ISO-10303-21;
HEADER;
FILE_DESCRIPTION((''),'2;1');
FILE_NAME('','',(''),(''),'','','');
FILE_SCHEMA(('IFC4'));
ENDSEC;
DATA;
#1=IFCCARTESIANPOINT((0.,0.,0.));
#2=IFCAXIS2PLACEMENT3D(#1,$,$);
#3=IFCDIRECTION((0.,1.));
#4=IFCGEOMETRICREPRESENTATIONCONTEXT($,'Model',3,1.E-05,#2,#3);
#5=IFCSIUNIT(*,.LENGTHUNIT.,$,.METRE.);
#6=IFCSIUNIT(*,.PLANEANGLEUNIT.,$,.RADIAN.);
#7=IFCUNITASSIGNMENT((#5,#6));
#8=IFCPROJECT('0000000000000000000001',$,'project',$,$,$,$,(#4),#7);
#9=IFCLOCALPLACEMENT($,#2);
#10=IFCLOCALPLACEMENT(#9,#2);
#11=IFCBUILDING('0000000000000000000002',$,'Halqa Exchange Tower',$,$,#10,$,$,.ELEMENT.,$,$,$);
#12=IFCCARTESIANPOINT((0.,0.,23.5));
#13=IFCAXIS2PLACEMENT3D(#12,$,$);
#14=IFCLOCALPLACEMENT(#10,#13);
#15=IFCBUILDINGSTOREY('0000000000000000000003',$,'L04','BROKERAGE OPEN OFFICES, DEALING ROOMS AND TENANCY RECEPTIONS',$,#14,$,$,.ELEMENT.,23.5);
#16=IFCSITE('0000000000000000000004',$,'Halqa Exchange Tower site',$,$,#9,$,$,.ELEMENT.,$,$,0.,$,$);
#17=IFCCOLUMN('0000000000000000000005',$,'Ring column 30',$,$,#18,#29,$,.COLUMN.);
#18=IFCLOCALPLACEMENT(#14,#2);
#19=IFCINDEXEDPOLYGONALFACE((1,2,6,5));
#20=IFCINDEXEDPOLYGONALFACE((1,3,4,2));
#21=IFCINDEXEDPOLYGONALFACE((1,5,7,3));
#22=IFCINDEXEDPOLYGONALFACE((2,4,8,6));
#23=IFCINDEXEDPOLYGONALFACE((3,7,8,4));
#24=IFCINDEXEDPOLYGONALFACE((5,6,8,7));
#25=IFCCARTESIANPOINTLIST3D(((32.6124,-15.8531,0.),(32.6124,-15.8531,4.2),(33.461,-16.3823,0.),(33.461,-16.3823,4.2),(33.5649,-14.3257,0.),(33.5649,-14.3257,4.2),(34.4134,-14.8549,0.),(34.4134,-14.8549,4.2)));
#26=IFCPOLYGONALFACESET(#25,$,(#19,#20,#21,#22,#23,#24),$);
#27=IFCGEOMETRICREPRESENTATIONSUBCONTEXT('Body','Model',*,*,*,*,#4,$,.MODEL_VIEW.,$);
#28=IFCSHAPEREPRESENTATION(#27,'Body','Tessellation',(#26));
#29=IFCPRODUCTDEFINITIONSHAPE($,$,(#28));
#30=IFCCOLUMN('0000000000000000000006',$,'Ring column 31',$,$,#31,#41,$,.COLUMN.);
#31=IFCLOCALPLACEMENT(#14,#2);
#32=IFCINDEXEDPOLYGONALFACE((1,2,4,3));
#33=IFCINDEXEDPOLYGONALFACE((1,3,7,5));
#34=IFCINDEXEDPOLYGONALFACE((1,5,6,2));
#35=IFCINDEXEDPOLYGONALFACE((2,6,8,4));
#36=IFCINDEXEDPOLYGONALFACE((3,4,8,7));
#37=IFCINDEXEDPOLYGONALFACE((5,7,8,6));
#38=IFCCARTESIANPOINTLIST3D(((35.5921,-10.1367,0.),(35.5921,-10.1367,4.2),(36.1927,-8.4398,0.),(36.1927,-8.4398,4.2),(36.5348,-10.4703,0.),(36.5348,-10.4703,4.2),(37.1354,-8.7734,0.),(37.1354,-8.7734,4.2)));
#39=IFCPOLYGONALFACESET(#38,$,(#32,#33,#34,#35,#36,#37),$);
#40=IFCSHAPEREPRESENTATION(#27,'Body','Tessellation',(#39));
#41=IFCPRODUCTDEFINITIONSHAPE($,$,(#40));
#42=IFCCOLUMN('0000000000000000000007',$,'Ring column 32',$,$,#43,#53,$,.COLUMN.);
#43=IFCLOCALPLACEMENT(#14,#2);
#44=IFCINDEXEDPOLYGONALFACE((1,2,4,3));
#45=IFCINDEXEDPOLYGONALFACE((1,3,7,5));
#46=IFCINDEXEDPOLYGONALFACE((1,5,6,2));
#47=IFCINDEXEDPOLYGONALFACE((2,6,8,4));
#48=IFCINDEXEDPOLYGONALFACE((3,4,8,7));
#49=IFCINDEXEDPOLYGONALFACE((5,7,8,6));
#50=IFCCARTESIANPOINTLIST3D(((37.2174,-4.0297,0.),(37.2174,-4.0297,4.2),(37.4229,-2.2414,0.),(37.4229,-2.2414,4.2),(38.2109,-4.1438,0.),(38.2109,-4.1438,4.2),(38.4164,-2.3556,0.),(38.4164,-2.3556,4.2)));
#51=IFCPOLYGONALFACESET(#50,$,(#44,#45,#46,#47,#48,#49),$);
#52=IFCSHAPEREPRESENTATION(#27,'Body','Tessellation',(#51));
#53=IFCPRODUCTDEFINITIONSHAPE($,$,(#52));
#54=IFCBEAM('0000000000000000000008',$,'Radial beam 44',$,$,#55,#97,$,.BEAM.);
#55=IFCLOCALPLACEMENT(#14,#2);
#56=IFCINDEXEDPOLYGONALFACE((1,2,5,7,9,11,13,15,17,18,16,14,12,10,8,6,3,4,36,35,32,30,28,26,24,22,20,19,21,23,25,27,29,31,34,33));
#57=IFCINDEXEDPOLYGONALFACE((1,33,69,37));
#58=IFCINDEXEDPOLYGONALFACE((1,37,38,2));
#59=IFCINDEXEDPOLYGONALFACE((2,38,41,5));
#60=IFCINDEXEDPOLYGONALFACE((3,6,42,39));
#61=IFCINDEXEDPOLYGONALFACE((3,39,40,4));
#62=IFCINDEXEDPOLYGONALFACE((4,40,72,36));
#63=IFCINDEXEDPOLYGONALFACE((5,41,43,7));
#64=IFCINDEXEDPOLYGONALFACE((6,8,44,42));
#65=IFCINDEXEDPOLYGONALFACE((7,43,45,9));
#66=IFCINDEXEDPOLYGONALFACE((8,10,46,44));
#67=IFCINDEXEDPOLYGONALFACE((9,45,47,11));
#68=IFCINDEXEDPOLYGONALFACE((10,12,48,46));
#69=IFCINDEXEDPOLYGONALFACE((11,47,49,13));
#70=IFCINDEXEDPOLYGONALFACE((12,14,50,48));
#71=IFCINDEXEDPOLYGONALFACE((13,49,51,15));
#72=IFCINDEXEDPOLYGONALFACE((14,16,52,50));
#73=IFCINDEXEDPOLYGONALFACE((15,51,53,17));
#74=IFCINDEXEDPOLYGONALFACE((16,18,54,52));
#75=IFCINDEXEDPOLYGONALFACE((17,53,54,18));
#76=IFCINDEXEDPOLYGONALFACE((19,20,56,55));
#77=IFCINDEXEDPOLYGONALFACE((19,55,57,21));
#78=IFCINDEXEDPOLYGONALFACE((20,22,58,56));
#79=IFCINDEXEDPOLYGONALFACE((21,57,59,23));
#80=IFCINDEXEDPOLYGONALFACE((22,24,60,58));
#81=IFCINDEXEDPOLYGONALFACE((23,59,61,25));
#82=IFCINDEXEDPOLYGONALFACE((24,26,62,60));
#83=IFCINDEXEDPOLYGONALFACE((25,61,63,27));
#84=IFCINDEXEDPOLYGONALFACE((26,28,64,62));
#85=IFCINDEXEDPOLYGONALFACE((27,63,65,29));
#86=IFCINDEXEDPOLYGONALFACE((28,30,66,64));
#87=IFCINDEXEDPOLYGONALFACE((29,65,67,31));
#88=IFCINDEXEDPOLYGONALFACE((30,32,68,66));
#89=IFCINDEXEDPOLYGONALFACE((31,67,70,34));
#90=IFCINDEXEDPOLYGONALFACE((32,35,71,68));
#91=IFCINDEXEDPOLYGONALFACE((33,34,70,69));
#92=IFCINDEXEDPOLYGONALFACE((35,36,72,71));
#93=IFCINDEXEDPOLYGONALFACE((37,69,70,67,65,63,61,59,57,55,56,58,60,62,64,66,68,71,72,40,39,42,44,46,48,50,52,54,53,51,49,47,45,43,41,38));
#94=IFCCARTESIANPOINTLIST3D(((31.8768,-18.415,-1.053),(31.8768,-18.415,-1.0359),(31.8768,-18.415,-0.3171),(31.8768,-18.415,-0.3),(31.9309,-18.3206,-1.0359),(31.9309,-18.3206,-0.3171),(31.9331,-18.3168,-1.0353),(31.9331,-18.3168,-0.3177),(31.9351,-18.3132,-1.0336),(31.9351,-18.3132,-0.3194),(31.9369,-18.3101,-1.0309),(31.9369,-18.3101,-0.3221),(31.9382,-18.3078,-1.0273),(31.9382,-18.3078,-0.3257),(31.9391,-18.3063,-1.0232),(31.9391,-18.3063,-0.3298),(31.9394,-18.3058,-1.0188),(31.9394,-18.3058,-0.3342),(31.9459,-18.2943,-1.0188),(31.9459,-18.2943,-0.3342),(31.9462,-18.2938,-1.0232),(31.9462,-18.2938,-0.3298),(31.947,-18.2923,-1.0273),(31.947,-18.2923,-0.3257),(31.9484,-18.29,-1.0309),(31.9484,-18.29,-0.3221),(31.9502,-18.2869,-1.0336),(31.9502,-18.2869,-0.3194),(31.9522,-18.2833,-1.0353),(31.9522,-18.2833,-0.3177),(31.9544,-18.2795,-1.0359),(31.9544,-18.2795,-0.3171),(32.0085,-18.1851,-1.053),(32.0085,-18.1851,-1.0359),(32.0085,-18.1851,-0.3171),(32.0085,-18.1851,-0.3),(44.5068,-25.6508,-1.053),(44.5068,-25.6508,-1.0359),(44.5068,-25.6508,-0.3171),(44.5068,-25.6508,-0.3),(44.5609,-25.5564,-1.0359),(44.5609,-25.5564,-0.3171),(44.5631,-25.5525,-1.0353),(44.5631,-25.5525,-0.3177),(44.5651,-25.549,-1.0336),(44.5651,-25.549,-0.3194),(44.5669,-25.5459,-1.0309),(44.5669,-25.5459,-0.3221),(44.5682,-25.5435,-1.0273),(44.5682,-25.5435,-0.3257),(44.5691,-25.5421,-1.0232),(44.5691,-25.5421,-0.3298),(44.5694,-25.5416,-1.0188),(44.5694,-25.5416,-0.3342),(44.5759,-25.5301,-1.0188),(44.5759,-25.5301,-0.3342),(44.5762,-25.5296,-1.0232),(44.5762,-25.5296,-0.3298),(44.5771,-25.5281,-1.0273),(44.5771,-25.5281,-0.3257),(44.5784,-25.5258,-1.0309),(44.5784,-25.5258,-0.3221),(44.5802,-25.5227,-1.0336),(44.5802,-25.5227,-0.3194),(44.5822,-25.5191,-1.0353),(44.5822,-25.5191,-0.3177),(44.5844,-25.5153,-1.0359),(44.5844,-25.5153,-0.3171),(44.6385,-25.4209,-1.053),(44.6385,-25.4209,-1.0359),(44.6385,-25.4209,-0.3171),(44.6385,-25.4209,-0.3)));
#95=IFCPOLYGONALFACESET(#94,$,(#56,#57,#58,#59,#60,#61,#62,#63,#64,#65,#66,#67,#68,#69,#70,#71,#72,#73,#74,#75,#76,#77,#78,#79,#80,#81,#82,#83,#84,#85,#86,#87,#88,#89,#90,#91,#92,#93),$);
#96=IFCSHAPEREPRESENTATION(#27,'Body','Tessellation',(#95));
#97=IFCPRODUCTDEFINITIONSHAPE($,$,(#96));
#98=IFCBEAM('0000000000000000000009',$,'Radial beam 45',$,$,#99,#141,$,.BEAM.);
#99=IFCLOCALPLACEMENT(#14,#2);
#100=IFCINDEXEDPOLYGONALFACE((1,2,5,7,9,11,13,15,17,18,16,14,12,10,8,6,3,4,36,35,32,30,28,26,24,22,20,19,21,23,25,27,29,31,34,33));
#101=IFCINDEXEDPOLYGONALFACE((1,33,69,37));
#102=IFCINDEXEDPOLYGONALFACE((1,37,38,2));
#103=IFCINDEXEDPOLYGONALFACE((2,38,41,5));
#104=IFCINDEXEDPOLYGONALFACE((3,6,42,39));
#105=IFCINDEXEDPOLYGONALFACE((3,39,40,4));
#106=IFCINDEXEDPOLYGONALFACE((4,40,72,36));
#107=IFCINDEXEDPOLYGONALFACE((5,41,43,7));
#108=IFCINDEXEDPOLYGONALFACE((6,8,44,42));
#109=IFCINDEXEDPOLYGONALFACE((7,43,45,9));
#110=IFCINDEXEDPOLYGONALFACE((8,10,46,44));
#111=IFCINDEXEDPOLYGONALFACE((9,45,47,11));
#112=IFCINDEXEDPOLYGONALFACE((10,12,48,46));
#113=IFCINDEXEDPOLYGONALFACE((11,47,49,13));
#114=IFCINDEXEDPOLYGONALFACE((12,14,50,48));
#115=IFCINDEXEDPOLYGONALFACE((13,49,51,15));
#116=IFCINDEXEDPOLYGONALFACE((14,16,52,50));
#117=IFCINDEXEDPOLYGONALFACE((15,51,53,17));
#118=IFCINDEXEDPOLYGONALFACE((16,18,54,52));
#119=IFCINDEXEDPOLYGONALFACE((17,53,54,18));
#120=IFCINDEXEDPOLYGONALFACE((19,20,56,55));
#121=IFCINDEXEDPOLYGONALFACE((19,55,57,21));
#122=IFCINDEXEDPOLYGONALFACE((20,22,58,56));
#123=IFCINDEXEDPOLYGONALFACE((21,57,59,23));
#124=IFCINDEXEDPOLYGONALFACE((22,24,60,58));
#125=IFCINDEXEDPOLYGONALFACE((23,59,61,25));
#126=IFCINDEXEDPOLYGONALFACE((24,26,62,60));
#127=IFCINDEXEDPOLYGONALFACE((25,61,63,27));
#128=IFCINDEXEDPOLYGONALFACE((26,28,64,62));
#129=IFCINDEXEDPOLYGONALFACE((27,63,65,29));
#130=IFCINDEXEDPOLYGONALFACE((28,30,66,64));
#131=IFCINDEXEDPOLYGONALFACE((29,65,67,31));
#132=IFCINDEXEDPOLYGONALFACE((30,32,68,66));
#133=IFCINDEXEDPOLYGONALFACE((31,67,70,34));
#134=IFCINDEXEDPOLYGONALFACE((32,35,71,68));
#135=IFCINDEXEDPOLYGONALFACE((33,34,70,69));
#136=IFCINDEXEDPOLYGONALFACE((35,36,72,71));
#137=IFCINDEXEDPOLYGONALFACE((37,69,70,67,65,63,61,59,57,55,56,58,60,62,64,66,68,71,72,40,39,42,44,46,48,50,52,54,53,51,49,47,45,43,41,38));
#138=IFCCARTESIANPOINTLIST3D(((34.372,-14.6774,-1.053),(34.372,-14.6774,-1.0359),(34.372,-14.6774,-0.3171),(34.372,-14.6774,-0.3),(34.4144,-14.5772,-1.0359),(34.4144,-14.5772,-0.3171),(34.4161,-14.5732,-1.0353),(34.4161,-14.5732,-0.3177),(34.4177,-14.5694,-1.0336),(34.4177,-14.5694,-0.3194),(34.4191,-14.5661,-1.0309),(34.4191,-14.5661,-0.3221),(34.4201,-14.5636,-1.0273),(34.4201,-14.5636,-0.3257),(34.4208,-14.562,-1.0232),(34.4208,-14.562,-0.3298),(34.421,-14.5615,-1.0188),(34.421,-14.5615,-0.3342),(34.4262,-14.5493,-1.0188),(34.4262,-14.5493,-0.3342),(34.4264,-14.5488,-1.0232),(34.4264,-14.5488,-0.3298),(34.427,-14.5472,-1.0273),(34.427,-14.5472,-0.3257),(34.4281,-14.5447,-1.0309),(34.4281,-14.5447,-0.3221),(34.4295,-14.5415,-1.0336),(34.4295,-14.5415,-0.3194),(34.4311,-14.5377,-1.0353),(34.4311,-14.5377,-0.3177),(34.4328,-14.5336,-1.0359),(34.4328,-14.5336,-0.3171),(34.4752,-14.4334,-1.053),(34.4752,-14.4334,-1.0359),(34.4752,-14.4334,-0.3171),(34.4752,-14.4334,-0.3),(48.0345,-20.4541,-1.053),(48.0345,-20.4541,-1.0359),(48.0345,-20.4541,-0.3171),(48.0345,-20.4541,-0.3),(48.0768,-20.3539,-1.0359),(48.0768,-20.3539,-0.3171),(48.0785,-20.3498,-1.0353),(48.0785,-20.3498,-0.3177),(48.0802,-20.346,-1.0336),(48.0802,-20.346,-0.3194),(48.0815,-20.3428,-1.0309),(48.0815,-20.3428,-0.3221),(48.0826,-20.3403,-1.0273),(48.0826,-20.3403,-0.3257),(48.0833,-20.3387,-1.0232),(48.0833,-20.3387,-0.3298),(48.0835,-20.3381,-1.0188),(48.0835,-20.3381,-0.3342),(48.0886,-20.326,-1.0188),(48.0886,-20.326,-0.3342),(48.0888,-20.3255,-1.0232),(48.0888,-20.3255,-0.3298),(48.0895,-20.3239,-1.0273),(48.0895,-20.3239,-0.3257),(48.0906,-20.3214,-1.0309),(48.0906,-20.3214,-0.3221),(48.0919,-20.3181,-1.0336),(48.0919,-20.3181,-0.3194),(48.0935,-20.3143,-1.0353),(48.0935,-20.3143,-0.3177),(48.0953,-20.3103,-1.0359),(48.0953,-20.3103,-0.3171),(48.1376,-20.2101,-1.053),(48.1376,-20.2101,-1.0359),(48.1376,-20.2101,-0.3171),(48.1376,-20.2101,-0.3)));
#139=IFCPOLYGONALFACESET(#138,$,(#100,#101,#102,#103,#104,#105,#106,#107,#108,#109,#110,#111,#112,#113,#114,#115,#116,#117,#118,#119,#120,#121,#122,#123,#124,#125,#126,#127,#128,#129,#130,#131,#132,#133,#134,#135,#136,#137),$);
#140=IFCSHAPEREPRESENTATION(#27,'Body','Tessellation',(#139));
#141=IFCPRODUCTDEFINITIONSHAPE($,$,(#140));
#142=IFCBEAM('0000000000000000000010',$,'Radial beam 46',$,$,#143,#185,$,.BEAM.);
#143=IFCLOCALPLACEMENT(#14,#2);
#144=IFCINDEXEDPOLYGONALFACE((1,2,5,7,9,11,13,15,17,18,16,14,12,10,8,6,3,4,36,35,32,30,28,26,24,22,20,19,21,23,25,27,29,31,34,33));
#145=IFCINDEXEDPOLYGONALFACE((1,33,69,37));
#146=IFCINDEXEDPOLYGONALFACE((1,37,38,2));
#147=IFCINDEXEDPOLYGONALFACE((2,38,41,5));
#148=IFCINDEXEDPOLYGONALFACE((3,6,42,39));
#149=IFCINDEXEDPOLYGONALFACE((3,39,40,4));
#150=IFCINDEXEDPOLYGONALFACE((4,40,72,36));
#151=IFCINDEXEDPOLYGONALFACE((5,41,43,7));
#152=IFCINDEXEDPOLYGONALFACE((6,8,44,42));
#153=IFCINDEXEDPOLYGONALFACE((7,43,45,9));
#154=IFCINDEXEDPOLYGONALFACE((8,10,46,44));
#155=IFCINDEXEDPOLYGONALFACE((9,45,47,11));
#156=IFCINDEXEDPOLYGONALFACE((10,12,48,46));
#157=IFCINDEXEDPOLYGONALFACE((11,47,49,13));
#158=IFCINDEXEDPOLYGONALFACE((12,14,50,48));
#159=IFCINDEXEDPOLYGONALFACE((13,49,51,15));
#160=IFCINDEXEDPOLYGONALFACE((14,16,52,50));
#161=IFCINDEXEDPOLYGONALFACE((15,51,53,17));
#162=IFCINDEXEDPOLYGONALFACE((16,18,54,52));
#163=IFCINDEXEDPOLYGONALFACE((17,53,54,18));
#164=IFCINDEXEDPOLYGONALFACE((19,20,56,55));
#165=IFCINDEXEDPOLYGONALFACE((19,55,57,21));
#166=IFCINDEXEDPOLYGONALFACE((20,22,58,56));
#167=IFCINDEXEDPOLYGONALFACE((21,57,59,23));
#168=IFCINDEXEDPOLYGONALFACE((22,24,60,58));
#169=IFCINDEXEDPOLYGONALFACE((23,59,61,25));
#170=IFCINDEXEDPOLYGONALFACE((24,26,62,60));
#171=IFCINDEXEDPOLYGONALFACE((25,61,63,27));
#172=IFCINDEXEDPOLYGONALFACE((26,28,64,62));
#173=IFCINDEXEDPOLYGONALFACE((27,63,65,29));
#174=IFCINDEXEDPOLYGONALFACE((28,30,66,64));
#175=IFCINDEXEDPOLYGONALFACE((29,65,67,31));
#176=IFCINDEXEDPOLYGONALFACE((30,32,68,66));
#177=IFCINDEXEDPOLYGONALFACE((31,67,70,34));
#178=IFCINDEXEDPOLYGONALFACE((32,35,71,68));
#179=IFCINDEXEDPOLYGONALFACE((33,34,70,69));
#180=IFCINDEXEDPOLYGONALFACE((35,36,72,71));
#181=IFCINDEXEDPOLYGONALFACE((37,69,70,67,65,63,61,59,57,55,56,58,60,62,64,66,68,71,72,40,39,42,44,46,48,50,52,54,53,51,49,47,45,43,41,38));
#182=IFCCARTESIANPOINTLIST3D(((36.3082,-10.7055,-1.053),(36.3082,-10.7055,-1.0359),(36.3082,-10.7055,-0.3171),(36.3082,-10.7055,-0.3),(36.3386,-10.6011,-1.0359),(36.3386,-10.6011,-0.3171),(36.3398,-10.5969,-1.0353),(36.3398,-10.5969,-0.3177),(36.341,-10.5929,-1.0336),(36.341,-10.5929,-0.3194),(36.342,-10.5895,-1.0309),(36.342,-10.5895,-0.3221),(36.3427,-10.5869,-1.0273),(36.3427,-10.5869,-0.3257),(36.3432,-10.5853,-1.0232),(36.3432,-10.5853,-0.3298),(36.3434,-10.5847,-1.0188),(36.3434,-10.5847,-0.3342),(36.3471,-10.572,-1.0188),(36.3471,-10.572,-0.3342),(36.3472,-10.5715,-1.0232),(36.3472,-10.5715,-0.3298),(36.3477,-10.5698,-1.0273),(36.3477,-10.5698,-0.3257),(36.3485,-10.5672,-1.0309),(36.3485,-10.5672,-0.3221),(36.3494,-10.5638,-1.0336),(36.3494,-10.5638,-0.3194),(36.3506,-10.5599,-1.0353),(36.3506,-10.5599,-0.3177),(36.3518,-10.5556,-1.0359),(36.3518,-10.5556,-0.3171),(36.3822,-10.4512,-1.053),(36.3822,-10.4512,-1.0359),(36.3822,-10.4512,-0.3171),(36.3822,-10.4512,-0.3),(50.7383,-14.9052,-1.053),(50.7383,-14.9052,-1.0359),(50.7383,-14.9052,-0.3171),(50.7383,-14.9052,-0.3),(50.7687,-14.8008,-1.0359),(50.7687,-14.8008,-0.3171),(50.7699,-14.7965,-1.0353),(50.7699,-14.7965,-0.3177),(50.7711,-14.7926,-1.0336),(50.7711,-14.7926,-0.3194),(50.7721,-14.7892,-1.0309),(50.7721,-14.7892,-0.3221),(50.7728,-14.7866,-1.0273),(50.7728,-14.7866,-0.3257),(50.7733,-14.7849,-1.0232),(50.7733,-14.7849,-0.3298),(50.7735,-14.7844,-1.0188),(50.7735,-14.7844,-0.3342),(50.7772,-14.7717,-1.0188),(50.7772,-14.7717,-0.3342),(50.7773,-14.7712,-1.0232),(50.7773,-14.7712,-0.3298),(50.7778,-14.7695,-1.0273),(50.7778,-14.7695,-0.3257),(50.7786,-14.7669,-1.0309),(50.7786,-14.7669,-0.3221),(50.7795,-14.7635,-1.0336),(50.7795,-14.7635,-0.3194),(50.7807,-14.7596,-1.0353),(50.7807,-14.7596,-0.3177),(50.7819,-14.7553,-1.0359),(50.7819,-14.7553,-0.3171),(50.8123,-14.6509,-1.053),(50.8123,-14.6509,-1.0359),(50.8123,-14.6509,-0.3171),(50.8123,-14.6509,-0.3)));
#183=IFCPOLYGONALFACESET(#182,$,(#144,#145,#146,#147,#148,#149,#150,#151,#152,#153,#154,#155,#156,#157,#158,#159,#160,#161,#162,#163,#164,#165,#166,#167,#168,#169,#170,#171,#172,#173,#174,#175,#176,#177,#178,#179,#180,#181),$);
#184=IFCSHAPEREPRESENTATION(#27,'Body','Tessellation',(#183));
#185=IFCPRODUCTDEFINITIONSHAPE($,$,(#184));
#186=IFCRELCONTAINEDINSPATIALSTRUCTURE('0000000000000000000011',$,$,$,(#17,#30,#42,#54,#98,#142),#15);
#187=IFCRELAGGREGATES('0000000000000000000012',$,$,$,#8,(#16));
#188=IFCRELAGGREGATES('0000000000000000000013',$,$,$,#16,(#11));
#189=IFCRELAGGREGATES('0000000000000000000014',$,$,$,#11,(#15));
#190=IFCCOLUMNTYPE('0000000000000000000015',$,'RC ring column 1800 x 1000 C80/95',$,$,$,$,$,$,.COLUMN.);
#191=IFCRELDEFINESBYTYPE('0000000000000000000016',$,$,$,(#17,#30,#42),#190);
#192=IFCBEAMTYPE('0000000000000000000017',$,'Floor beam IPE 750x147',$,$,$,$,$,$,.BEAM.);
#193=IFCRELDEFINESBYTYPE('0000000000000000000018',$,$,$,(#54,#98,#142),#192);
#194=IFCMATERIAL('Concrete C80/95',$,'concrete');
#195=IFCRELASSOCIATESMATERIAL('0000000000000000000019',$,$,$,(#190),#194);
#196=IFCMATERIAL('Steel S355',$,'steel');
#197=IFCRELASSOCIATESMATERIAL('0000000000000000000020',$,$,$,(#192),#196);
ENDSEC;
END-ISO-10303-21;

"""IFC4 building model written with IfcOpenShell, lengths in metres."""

from ifc_helpers import new_model, si_unit, direction, frame, origin, origin_2d, place, context, subcontext, project, spatial, rectangle, i_section, extrude, material, material_profile, profile_set, type_object, element, save


model = new_model("IFC4")

# Units and contexts
model_context = context("Model", 3, precision=1e-05, world=origin(), true_north=direction((0.0, 1.0)))
body_context = subcontext(model_context, "Body", "Model", "MODEL_VIEW")
ifc_project = project(units=[si_unit("LENGTHUNIT", "METRE"), si_unit("PLANEANGLEUNIT", "RADIAN")], contexts=[model_context])

# Site, building, storey
site_placement = place(None, origin())
site = spatial("IfcSite", under=ifc_project, at=site_placement, Name="Halqa Exchange Tower site", CompositionType="ELEMENT", RefElevation=0.0)
building_placement = place(site_placement, origin())
building = spatial("IfcBuilding", under=site, at=building_placement, Name="Halqa Exchange Tower", CompositionType="ELEMENT")
storey_placement = place(building_placement, frame((0.0, 0.0, 23.5)))
storey = spatial("IfcBuildingStorey", under=building, at=storey_placement, Name="L04", Description="BROKERAGE OPEN OFFICES, DEALING ROOMS AND TENANCY RECEPTIONS", CompositionType="ELEMENT", Elevation=23.5)

# Columns
ifc_material_1 = material(Name="Concrete C80/95", Category="concrete")
ifc_material_profile_1 = material_profile(ifc_material_1, rectangle(XDim=1.8, YDim=1.0, at=origin_2d()), Name="1800 x 1000")
ifc_profile_set_1 = profile_set([ifc_material_profile_1], Name="Concrete C80/95")
column_type = type_object("IfcColumnType", Name="RC ring column 1800 x 1000 C80/95", PredefinedType="COLUMN", material=ifc_profile_set_1)
for number, where, z_axis, x_axis, name in (
    (1, (33.5129, -15.354, 0.0), (0.0, 0.0, 1.0), (0.52914, 0.848534, 0.0), "Ring column 30"),
    (2, (36.3638, -9.4551, 0.0), (0.0, 0.0, 1.0), (0.333628, 0.942705, 0.0), "Ring column 31"),
    (3, (37.8169, -3.1926, 0.0), (0.0, 0.0, 1.0), (0.114155, 0.993463, 0.0), "Ring column 32"),
):
    element("IfcColumn", number, at=place(storey_placement, frame(where, z_axis=z_axis, x_axis=x_axis)), inside=storey, type_object=column_type, Name=name, PredefinedType="COLUMN", context=body_context, shape_type="SweptSolid", body=[
        extrude(rectangle(XDim=1.8, YDim=1.0, at=origin_2d()), origin(), (0.0, 0.0, 1.0), 4.2),
    ])

# Beams
ifc_material_2 = material(Name="Steel S355", Category="steel")
ifc_material_profile_2 = material_profile(ifc_material_2, i_section(OverallWidth=0.2649, OverallDepth=0.7529, WebThickness=0.0132, FlangeThickness=0.0171, FilletRadius=0.0171, at=origin_2d()), Name="IPE 750x147")
ifc_profile_set_2 = profile_set([ifc_material_profile_2], Name="Steel S355")
beam_type_1 = type_object("IfcBeamType", Name="Floor beam IPE 750x147", PredefinedType="BEAM", material=ifc_profile_set_2)
beam_1_placement = place(storey_placement, frame((31.9426, -18.3, -0.6765), z_axis=(0.867691, -0.497103, 0.0), x_axis=(0.497103, 0.867691, 0.0)))
element("IfcBeam", 4, at=beam_1_placement, inside=storey, type_object=beam_type_1, Name="Radial beam 44", PredefinedType="BEAM", context=body_context, shape_type="SweptSolid", body=[
    extrude(i_section(OverallWidth=0.2649, OverallDepth=0.7529, WebThickness=0.0132, FlangeThickness=0.0171, FilletRadius=0.0171, at=origin_2d()), origin(), (0.0, 0.0, 1.0), 14.5559),
])
beam_2_placement = place(storey_placement, frame((34.4236, -14.5554, -0.6765), z_axis=(0.921055, -0.389433, 0.0), x_axis=(0.389433, 0.921055, 0.0)))
element("IfcBeam", 5, at=beam_2_placement, inside=storey, type_object=beam_type_1, Name="Radial beam 45", PredefinedType="BEAM", context=body_context, shape_type="SweptSolid", body=[
    extrude(i_section(OverallWidth=0.2649, OverallDepth=0.7529, WebThickness=0.0132, FlangeThickness=0.0171, FilletRadius=0.0171, at=origin_2d()), origin(), (0.0, 0.0, 1.0), 14.8335),
])
beam_3_placement = place(storey_placement, frame((36.3452, -10.5784, -0.6765), z_axis=(0.960162, -0.279442, 0.0), x_axis=(0.279442, 0.960162, 0.0)))
element("IfcBeam", 6, at=beam_3_placement, inside=storey, type_object=beam_type_1, Name="Radial beam 46", PredefinedType="BEAM", context=body_context, shape_type="SweptSolid", body=[
    extrude(i_section(OverallWidth=0.2649, OverallDepth=0.7529, WebThickness=0.0132, FlangeThickness=0.0171, FilletRadius=0.0171, at=origin_2d()), origin(), (0.0, 0.0, 1.0), 15.0288),
])

save(model, "model.ifc")
